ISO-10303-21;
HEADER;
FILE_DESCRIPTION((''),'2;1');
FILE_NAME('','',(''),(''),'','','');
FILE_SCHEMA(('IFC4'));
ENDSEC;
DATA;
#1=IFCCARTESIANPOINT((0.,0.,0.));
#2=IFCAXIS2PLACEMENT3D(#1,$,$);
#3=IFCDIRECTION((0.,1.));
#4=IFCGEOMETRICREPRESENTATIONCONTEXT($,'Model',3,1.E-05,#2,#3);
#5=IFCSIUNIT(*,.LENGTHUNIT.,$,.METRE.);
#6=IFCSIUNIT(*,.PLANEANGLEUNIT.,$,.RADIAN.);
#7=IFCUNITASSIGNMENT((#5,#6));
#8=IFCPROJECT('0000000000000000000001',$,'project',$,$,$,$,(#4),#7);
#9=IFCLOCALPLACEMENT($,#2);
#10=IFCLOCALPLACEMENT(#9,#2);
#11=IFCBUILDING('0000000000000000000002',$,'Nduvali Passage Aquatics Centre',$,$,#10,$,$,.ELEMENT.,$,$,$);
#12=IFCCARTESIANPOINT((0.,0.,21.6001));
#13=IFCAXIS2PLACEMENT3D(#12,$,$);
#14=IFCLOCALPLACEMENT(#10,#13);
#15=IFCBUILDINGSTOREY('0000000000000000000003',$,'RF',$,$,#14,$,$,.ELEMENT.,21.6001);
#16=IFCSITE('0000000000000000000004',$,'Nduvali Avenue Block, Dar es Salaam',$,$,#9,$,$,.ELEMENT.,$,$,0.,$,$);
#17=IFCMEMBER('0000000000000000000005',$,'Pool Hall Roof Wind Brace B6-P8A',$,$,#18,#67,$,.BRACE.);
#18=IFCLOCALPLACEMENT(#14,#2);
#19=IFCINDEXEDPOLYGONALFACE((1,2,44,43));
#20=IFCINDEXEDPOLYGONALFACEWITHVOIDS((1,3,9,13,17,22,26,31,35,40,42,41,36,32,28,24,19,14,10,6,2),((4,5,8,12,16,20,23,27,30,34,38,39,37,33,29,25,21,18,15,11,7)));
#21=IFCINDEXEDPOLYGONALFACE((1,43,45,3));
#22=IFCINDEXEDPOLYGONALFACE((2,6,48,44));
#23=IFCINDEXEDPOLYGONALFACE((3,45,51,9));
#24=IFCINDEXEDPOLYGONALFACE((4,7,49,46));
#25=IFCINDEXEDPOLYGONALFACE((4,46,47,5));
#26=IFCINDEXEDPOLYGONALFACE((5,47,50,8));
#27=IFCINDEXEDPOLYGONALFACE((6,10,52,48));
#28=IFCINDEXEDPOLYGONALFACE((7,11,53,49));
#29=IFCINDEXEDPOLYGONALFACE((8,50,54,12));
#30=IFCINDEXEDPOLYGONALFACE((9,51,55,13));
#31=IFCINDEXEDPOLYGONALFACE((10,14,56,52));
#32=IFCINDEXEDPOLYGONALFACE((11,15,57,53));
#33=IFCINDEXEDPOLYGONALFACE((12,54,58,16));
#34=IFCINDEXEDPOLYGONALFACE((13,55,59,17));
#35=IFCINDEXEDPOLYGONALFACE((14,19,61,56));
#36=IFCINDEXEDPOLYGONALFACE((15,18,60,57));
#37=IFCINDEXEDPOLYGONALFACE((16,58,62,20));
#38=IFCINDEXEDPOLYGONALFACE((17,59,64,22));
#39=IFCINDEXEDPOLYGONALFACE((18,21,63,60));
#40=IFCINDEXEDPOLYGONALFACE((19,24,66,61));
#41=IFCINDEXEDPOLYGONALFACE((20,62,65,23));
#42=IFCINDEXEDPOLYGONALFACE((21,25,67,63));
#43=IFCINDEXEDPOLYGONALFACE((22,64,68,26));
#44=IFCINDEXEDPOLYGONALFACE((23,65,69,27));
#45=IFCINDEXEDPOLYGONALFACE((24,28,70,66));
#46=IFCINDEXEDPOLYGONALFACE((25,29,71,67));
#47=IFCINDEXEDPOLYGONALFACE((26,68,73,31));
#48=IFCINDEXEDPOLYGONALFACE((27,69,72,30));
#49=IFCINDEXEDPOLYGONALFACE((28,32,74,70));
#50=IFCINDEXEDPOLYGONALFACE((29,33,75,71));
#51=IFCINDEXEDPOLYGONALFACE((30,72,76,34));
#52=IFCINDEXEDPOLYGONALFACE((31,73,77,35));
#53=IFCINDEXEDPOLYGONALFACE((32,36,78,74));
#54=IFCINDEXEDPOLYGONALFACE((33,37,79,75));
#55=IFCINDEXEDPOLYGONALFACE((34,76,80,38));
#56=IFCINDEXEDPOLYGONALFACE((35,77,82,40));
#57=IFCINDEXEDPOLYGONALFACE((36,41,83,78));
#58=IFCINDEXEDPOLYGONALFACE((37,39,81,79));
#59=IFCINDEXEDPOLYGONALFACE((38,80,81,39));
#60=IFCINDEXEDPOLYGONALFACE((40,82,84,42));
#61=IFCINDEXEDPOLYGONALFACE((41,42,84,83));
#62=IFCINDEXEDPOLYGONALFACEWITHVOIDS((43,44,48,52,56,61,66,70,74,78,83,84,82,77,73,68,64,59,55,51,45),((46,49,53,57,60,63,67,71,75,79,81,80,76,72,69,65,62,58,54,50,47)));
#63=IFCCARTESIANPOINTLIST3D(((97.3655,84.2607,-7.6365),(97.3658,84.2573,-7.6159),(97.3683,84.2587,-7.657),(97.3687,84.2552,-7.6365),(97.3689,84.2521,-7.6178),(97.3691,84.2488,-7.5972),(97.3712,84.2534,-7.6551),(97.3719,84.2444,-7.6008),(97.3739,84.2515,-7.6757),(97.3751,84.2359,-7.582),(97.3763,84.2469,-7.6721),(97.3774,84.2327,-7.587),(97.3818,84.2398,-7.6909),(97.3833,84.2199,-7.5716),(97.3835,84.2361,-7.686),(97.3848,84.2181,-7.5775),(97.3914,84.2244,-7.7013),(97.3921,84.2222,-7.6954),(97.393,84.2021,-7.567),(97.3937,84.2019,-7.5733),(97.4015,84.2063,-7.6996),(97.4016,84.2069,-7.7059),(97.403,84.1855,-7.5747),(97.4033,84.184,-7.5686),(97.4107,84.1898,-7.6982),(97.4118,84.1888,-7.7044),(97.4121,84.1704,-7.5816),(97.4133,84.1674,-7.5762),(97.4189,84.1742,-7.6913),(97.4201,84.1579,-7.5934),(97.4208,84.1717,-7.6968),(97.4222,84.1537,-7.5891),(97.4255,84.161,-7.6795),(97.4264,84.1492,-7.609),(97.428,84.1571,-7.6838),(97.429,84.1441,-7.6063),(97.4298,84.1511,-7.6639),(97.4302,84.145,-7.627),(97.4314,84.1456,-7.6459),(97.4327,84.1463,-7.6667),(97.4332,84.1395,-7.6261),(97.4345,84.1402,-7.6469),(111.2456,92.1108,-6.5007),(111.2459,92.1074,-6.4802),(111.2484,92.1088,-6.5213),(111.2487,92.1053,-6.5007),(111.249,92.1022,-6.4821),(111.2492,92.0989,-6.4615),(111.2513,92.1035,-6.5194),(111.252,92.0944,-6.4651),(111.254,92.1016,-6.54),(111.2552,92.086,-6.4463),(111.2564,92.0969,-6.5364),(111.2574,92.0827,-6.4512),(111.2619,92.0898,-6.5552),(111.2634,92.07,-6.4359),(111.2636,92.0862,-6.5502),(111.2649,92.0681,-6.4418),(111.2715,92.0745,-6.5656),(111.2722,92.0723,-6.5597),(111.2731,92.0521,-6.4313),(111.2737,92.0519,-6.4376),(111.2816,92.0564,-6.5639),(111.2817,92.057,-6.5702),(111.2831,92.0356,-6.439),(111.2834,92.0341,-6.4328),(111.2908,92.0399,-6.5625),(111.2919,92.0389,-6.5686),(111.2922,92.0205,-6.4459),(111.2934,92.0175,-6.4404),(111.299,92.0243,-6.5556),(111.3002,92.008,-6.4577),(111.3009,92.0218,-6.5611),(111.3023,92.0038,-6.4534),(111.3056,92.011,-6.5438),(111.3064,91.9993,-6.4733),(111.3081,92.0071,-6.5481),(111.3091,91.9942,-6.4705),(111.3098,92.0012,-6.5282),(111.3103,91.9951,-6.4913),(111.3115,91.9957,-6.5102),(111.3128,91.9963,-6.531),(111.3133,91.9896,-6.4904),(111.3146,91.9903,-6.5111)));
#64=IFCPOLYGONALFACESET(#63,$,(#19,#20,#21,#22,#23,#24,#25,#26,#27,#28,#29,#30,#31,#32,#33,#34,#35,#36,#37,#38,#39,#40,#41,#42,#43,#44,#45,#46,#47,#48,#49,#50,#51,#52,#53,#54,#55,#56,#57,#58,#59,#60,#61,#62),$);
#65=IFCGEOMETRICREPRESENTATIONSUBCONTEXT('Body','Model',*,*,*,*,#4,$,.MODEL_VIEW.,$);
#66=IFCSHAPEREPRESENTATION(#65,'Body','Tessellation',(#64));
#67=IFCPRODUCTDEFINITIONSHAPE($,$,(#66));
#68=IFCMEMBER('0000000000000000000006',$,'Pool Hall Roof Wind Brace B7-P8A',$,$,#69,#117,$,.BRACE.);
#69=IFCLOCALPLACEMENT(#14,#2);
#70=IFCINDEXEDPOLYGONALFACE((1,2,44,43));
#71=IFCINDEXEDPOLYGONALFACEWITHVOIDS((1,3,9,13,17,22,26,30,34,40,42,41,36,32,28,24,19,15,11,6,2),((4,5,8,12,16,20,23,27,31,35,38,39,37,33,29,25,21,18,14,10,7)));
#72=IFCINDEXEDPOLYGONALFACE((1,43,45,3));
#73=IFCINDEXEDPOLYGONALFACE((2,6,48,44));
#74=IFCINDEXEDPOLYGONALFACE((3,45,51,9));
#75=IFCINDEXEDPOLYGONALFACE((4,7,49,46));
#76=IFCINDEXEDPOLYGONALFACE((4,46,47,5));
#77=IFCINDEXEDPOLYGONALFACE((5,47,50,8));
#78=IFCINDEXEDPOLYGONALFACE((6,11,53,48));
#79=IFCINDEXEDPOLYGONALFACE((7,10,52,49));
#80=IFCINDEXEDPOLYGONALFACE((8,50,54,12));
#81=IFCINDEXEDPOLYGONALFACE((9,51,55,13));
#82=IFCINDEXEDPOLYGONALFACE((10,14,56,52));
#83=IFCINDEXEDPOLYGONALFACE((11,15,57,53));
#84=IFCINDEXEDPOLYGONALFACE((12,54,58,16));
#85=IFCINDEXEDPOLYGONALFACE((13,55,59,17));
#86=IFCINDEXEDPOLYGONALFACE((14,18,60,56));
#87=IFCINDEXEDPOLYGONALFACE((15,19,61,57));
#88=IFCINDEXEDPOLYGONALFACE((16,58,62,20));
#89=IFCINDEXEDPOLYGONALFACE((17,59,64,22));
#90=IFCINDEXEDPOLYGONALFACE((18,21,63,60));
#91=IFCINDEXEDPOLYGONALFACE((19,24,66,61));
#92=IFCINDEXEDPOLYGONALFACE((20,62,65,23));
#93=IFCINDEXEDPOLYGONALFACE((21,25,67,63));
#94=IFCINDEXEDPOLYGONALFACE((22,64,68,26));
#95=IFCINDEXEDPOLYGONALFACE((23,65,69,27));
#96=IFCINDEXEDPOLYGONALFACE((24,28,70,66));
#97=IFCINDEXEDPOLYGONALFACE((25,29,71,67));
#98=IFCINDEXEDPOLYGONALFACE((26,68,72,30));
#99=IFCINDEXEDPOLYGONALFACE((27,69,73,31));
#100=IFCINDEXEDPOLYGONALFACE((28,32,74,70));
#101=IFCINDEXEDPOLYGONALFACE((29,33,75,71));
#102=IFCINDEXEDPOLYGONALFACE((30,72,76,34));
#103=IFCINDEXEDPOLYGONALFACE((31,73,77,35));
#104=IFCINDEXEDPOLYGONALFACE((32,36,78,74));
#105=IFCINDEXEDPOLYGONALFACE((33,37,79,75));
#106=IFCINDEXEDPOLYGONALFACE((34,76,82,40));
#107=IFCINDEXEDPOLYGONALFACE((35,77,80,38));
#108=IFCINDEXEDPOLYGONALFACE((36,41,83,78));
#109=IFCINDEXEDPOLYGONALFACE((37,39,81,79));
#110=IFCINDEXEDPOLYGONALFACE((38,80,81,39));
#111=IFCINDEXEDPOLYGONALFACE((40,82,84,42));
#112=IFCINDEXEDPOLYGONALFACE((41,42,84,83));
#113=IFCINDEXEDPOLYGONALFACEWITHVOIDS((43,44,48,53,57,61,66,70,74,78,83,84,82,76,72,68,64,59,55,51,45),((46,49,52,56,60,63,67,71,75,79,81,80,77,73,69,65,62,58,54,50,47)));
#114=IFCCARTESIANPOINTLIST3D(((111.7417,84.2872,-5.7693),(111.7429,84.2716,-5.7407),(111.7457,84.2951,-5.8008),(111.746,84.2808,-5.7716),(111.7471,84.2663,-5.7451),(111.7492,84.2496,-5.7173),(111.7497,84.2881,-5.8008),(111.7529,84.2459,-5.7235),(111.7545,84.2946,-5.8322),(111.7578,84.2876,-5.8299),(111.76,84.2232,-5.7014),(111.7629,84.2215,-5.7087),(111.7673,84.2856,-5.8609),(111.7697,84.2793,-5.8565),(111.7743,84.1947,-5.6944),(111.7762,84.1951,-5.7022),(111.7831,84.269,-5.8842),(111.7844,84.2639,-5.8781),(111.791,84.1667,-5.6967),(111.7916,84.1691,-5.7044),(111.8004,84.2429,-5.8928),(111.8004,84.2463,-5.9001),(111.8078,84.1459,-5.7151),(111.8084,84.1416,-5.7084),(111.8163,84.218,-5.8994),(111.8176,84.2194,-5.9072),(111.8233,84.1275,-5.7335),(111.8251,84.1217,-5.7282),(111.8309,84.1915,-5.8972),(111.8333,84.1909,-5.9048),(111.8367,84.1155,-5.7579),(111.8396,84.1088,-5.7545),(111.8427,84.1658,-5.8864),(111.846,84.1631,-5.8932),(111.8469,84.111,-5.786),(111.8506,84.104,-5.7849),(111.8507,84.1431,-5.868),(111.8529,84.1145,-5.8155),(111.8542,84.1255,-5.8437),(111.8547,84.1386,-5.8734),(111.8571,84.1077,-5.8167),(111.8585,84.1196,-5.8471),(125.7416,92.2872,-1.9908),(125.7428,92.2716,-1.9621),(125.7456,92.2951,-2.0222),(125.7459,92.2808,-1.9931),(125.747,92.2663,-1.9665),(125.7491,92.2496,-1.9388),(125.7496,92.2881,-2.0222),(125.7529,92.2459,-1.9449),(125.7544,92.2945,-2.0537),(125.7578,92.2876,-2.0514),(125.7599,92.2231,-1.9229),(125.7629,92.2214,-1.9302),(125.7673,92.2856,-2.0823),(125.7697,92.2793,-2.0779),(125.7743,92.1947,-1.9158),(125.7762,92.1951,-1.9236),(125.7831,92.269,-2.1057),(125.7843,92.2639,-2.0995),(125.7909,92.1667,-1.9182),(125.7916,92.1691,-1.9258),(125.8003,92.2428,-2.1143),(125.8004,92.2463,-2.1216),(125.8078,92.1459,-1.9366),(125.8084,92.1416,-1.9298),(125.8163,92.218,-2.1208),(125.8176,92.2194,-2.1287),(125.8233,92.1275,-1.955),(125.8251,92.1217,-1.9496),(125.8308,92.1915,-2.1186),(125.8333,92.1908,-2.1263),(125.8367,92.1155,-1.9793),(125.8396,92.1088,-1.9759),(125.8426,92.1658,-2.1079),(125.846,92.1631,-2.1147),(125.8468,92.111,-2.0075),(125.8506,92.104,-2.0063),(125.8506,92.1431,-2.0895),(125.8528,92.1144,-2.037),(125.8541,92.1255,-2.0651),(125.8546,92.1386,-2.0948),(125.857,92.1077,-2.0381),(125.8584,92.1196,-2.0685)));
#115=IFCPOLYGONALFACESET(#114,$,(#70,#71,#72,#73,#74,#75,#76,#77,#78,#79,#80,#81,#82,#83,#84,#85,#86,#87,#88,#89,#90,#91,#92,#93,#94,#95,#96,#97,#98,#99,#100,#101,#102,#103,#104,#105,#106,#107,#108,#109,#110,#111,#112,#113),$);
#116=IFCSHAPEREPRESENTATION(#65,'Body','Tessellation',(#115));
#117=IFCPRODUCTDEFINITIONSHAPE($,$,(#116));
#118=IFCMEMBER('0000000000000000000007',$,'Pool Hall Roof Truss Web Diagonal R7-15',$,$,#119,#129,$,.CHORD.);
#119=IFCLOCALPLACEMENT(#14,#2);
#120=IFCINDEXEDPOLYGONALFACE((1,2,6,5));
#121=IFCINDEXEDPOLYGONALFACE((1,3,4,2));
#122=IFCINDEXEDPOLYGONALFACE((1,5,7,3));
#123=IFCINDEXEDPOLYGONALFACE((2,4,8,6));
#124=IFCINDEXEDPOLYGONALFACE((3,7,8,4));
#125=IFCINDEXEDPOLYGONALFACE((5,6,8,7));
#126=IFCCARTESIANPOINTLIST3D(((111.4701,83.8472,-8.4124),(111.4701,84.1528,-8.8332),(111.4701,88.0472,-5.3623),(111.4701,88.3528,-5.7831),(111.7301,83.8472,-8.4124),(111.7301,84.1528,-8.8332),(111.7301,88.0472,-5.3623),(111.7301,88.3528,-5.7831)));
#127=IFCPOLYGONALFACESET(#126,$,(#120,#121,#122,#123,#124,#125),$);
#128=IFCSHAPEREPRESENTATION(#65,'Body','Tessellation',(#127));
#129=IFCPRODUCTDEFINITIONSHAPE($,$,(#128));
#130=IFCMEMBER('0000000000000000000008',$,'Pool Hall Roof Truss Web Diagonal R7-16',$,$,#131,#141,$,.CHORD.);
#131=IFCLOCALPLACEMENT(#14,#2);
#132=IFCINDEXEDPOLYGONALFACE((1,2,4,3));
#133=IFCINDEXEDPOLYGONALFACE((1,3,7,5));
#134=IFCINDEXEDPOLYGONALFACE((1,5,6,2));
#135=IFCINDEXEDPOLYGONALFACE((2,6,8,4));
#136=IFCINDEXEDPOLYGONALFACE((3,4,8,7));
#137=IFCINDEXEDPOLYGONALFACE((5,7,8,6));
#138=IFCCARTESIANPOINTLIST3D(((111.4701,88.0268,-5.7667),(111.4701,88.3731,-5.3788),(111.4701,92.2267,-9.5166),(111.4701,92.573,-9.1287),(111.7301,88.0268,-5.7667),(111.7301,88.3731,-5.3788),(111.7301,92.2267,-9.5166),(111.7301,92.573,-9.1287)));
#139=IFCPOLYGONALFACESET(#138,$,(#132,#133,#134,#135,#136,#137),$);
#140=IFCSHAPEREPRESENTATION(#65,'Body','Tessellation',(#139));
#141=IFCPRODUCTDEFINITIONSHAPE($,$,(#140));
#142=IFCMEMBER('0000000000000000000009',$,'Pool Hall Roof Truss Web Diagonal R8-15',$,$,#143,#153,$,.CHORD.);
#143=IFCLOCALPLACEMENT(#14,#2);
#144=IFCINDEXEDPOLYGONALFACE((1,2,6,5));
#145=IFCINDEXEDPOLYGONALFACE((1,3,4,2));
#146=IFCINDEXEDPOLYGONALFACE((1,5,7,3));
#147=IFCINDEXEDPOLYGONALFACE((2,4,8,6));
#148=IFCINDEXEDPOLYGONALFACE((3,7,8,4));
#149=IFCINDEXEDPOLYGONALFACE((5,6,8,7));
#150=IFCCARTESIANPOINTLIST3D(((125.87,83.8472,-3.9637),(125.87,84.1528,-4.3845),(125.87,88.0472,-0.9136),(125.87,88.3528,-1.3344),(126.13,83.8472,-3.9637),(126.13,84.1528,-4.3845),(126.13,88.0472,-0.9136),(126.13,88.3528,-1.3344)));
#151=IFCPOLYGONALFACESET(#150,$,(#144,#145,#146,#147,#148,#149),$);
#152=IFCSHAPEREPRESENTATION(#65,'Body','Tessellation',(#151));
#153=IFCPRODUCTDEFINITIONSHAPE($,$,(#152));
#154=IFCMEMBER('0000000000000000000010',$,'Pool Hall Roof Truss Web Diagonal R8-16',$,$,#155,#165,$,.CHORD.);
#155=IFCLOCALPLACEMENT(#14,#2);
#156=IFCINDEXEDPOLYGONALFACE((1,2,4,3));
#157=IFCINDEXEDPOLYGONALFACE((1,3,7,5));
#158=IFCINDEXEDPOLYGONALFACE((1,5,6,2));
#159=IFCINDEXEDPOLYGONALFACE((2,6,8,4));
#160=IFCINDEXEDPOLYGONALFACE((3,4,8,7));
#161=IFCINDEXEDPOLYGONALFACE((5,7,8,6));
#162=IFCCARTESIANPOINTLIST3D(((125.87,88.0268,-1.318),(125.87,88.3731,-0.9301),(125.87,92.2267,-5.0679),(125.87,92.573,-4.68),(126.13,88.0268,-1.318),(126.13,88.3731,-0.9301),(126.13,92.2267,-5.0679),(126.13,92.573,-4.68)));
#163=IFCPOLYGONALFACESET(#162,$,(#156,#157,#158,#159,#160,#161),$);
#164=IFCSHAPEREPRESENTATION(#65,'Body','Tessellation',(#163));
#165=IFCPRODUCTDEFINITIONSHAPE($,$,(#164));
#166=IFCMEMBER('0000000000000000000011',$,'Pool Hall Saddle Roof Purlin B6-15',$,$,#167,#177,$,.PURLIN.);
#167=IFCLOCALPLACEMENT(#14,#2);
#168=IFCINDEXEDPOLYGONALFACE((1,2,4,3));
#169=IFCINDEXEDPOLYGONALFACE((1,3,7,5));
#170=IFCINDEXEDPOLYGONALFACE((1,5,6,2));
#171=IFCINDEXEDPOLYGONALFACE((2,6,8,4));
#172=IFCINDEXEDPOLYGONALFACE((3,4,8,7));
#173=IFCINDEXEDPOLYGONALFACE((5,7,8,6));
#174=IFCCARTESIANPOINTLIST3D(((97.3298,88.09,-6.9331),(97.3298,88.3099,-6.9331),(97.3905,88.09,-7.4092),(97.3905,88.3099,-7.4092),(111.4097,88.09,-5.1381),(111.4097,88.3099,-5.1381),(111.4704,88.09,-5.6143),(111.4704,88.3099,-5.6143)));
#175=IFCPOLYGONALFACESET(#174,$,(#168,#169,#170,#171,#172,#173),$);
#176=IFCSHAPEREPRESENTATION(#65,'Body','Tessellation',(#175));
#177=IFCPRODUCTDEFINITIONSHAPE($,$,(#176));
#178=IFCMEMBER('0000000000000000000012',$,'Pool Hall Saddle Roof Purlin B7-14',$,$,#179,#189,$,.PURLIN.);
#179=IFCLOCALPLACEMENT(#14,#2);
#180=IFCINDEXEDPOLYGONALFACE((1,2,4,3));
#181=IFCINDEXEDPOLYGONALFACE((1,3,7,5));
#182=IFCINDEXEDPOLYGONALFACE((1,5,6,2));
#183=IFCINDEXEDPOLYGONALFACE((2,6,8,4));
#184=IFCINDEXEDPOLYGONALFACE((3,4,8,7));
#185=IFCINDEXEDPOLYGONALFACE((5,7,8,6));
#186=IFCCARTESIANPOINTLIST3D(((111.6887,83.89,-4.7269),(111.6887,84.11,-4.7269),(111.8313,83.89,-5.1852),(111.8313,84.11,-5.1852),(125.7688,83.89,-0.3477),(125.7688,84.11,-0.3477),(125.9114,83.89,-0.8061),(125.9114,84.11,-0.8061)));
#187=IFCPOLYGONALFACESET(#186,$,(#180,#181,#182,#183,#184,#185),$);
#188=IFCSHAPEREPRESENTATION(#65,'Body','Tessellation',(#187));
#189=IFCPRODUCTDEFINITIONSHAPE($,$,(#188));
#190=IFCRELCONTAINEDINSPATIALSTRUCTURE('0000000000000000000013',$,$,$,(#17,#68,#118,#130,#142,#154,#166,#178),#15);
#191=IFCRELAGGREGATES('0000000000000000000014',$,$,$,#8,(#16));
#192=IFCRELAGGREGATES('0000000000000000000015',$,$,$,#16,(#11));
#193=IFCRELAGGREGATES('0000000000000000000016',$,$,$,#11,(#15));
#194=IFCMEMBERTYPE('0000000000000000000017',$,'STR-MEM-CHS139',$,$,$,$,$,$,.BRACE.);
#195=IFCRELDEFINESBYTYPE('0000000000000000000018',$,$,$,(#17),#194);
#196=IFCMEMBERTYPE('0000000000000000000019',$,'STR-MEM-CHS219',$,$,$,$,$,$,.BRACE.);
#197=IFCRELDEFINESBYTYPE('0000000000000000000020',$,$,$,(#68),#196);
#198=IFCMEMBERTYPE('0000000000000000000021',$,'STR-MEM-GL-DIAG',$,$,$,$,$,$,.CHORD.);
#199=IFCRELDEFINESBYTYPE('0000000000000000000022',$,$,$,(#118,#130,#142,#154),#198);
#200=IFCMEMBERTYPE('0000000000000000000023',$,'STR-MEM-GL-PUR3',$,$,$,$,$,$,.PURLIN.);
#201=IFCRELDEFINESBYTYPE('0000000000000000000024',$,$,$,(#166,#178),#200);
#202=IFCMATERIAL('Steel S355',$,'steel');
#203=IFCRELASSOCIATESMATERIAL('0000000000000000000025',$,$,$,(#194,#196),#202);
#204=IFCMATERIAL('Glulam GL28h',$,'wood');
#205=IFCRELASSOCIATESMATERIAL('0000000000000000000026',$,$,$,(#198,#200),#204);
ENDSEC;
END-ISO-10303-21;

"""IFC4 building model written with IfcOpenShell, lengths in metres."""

from ifc_helpers import new_model, si_unit, direction, frame, origin, origin_2d, place, context, subcontext, project, spatial, rectangle, hollow_circle, extrude, material, material_profile, profile_set, type_object, element, save


model = new_model("IFC4")

# Units and contexts
model_context = context("Model", 3, precision=1e-05, world=origin(), true_north=direction((0.0, 1.0)))
body_context = subcontext(model_context, "Body", "Model", "MODEL_VIEW")
ifc_project = project(units=[si_unit("LENGTHUNIT", "METRE"), si_unit("PLANEANGLEUNIT", "RADIAN")], contexts=[model_context])

# Site, building, storey
site_placement = place(None, origin())
site = spatial("IfcSite", under=ifc_project, at=site_placement, Name="Nduvali Avenue Block, Dar es Salaam", CompositionType="ELEMENT", RefElevation=0.0)
building_placement = place(site_placement, origin())
building = spatial("IfcBuilding", under=site, at=building_placement, Name="Nduvali Passage Aquatics Centre", CompositionType="ELEMENT")
storey_placement = place(building_placement, frame((0.0, 0.0, 21.6001)))
storey = spatial("IfcBuildingStorey", under=building, at=storey_placement, Name="RF", CompositionType="ELEMENT", Elevation=21.6001)

# Shared definitions
ifc_material_1 = material(Name="Steel S355", Category="steel")

# Members
ifc_material_profile_1 = material_profile(ifc_material_1, hollow_circle(Radius=0.0698, WallThickness=0.0063, at=origin_2d()), Name="CHS 139.7x6.3")
ifc_profile_set_1 = profile_set([ifc_material_profile_1], Name="Steel S355")
member_type_1 = type_object("IfcMemberType", Name="STR-MEM-CHS139", PredefinedType="BRACE", material=ifc_profile_set_1)
member_1_placement = place(storey_placement, frame((97.3999, 84.2, -7.6365), z_axis=(0.868234, 0.491042, 0.071043), x_axis=(-0.492286, 0.870434, 0.0)))
element("IfcMember", 1, at=member_1_placement, inside=storey, type_object=member_type_1, Name="Pool Hall Roof Wind Brace B6-P8A", PredefinedType="BRACE", context=body_context, shape_type="SweptSolid", body=[
    extrude(hollow_circle(Radius=0.0698, WallThickness=0.0063, at=origin_2d()), origin(), (0.0, 0.0, 1.0), 15.9866),
])
ifc_material_profile_2 = material_profile(ifc_material_1, hollow_circle(Radius=0.1096, WallThickness=0.0081, at=origin_2d()), Name="CHS 219.1x8.0")
ifc_profile_set_2 = profile_set([ifc_material_profile_2], Name="Steel S355")
member_type_2 = type_object("IfcMemberType", Name="STR-MEM-CHS219", PredefinedType="BRACE", material=ifc_profile_set_2)
member_2_placement = place(storey_placement, frame((111.8, 84.2, -5.8008), z_axis=(0.845343, 0.483053, 0.228156), x_axis=(-0.496139, 0.868243, 0.0)))
element("IfcMember", 2, at=member_2_placement, inside=storey, type_object=member_type_2, Name="Pool Hall Roof Wind Brace B7-P8A", PredefinedType="BRACE", context=body_context, shape_type="SweptSolid", body=[
    extrude(hollow_circle(Radius=0.1096, WallThickness=0.0081, at=origin_2d()), origin(), (0.0, 0.0, 1.0), 16.5613),
])
ifc_material_2 = material(Name="Glulam GL28h", Category="wood")
ifc_material_profile_3 = material_profile(ifc_material_2, rectangle(XDim=0.26, YDim=0.52, at=origin_2d()), Name="GL28h 260x520")
ifc_profile_set_3 = profile_set([ifc_material_profile_3], Name="Glulam GL28h")
member_type_3 = type_object("IfcMemberType", Name="STR-MEM-GL-DIAG", PredefinedType="CHORD", material=ifc_profile_set_3)
member_3_placement = place(storey_placement, frame((111.6001, 84.0, -8.6228), z_axis=(0.0, 0.809145, 0.587609), x_axis=(-1.0, 0.0, 0.0)))
element("IfcMember", 3, at=member_3_placement, inside=storey, type_object=member_type_3, Name="Pool Hall Roof Truss Web Diagonal R7-15", PredefinedType="CHORD", context=body_context, shape_type="SweptSolid", body=[
    extrude(rectangle(XDim=0.26, YDim=0.52, at=origin_2d()), origin(), (0.0, 0.0, 1.0), 5.1907),
])
member_4_placement = place(storey_placement, frame((111.6001, 88.2, -5.5728), z_axis=(0.0, 0.745934, -0.66602), x_axis=(-1.0, 0.0, 0.0)))
element("IfcMember", 4, at=member_4_placement, inside=storey, type_object=member_type_3, Name="Pool Hall Roof Truss Web Diagonal R7-16", PredefinedType="CHORD", context=body_context, shape_type="SweptSolid", body=[
    extrude(rectangle(XDim=0.26, YDim=0.52, at=origin_2d()), origin(), (0.0, 0.0, 1.0), 5.6304),
])
member_5_placement = place(storey_placement, frame((126.0, 84.0, -4.1741), z_axis=(0.0, 0.809145, 0.587609), x_axis=(-1.0, 0.0, 0.0)))
element("IfcMember", 5, at=member_5_placement, inside=storey, type_object=member_type_3, Name="Pool Hall Roof Truss Web Diagonal R8-15", PredefinedType="CHORD", context=body_context, shape_type="SweptSolid", body=[
    extrude(rectangle(XDim=0.26, YDim=0.52, at=origin_2d()), origin(), (0.0, 0.0, 1.0), 5.1907),
])
member_6_placement = place(storey_placement, frame((126.0, 88.2, -1.124), z_axis=(0.0, 0.745934, -0.66602), x_axis=(-1.0, 0.0, 0.0)))
element("IfcMember", 6, at=member_6_placement, inside=storey, type_object=member_type_3, Name="Pool Hall Roof Truss Web Diagonal R8-16", PredefinedType="CHORD", context=body_context, shape_type="SweptSolid", body=[
    extrude(rectangle(XDim=0.26, YDim=0.52, at=origin_2d()), origin(), (0.0, 0.0, 1.0), 5.6304),
])
ifc_material_profile_4 = material_profile(ifc_material_2, rectangle(XDim=0.22, YDim=0.48, at=origin_2d()), Name="GL28h 220x480")
ifc_profile_set_4 = profile_set([ifc_material_profile_4], Name="Glulam GL28h")
member_type_4 = type_object("IfcMemberType", Name="STR-MEM-GL-PUR3", PredefinedType="PURLIN", material=ifc_profile_set_4)
member_7_placement = place(storey_placement, frame((97.3601, 88.2, -7.1711), z_axis=(0.991972, 0.0, 0.126458), x_axis=(0.0, 1.0, 0.0)))
element("IfcMember", 7, at=member_7_placement, inside=storey, type_object=member_type_4, Name="Pool Hall Saddle Roof Purlin B6-15", PredefinedType="PURLIN", context=body_context, shape_type="SweptSolid", body=[
    extrude(rectangle(XDim=0.22, YDim=0.48, at=origin_2d()), origin(), (0.0, 0.0, 1.0), 14.1938),
])
member_8_placement = place(storey_placement, frame((111.76, 84.0, -4.9561), z_axis=(0.954882, 0.0, 0.296985), x_axis=(0.0, 1.0, 0.0)))
element("IfcMember", 8, at=member_8_placement, inside=storey, type_object=member_type_4, Name="Pool Hall Saddle Roof Purlin B7-14", PredefinedType="PURLIN", context=body_context, shape_type="SweptSolid", body=[
    extrude(rectangle(XDim=0.22, YDim=0.48, at=origin_2d()), origin(), (0.0, 0.0, 1.0), 14.7454),
])

save(model, "model.ifc")
